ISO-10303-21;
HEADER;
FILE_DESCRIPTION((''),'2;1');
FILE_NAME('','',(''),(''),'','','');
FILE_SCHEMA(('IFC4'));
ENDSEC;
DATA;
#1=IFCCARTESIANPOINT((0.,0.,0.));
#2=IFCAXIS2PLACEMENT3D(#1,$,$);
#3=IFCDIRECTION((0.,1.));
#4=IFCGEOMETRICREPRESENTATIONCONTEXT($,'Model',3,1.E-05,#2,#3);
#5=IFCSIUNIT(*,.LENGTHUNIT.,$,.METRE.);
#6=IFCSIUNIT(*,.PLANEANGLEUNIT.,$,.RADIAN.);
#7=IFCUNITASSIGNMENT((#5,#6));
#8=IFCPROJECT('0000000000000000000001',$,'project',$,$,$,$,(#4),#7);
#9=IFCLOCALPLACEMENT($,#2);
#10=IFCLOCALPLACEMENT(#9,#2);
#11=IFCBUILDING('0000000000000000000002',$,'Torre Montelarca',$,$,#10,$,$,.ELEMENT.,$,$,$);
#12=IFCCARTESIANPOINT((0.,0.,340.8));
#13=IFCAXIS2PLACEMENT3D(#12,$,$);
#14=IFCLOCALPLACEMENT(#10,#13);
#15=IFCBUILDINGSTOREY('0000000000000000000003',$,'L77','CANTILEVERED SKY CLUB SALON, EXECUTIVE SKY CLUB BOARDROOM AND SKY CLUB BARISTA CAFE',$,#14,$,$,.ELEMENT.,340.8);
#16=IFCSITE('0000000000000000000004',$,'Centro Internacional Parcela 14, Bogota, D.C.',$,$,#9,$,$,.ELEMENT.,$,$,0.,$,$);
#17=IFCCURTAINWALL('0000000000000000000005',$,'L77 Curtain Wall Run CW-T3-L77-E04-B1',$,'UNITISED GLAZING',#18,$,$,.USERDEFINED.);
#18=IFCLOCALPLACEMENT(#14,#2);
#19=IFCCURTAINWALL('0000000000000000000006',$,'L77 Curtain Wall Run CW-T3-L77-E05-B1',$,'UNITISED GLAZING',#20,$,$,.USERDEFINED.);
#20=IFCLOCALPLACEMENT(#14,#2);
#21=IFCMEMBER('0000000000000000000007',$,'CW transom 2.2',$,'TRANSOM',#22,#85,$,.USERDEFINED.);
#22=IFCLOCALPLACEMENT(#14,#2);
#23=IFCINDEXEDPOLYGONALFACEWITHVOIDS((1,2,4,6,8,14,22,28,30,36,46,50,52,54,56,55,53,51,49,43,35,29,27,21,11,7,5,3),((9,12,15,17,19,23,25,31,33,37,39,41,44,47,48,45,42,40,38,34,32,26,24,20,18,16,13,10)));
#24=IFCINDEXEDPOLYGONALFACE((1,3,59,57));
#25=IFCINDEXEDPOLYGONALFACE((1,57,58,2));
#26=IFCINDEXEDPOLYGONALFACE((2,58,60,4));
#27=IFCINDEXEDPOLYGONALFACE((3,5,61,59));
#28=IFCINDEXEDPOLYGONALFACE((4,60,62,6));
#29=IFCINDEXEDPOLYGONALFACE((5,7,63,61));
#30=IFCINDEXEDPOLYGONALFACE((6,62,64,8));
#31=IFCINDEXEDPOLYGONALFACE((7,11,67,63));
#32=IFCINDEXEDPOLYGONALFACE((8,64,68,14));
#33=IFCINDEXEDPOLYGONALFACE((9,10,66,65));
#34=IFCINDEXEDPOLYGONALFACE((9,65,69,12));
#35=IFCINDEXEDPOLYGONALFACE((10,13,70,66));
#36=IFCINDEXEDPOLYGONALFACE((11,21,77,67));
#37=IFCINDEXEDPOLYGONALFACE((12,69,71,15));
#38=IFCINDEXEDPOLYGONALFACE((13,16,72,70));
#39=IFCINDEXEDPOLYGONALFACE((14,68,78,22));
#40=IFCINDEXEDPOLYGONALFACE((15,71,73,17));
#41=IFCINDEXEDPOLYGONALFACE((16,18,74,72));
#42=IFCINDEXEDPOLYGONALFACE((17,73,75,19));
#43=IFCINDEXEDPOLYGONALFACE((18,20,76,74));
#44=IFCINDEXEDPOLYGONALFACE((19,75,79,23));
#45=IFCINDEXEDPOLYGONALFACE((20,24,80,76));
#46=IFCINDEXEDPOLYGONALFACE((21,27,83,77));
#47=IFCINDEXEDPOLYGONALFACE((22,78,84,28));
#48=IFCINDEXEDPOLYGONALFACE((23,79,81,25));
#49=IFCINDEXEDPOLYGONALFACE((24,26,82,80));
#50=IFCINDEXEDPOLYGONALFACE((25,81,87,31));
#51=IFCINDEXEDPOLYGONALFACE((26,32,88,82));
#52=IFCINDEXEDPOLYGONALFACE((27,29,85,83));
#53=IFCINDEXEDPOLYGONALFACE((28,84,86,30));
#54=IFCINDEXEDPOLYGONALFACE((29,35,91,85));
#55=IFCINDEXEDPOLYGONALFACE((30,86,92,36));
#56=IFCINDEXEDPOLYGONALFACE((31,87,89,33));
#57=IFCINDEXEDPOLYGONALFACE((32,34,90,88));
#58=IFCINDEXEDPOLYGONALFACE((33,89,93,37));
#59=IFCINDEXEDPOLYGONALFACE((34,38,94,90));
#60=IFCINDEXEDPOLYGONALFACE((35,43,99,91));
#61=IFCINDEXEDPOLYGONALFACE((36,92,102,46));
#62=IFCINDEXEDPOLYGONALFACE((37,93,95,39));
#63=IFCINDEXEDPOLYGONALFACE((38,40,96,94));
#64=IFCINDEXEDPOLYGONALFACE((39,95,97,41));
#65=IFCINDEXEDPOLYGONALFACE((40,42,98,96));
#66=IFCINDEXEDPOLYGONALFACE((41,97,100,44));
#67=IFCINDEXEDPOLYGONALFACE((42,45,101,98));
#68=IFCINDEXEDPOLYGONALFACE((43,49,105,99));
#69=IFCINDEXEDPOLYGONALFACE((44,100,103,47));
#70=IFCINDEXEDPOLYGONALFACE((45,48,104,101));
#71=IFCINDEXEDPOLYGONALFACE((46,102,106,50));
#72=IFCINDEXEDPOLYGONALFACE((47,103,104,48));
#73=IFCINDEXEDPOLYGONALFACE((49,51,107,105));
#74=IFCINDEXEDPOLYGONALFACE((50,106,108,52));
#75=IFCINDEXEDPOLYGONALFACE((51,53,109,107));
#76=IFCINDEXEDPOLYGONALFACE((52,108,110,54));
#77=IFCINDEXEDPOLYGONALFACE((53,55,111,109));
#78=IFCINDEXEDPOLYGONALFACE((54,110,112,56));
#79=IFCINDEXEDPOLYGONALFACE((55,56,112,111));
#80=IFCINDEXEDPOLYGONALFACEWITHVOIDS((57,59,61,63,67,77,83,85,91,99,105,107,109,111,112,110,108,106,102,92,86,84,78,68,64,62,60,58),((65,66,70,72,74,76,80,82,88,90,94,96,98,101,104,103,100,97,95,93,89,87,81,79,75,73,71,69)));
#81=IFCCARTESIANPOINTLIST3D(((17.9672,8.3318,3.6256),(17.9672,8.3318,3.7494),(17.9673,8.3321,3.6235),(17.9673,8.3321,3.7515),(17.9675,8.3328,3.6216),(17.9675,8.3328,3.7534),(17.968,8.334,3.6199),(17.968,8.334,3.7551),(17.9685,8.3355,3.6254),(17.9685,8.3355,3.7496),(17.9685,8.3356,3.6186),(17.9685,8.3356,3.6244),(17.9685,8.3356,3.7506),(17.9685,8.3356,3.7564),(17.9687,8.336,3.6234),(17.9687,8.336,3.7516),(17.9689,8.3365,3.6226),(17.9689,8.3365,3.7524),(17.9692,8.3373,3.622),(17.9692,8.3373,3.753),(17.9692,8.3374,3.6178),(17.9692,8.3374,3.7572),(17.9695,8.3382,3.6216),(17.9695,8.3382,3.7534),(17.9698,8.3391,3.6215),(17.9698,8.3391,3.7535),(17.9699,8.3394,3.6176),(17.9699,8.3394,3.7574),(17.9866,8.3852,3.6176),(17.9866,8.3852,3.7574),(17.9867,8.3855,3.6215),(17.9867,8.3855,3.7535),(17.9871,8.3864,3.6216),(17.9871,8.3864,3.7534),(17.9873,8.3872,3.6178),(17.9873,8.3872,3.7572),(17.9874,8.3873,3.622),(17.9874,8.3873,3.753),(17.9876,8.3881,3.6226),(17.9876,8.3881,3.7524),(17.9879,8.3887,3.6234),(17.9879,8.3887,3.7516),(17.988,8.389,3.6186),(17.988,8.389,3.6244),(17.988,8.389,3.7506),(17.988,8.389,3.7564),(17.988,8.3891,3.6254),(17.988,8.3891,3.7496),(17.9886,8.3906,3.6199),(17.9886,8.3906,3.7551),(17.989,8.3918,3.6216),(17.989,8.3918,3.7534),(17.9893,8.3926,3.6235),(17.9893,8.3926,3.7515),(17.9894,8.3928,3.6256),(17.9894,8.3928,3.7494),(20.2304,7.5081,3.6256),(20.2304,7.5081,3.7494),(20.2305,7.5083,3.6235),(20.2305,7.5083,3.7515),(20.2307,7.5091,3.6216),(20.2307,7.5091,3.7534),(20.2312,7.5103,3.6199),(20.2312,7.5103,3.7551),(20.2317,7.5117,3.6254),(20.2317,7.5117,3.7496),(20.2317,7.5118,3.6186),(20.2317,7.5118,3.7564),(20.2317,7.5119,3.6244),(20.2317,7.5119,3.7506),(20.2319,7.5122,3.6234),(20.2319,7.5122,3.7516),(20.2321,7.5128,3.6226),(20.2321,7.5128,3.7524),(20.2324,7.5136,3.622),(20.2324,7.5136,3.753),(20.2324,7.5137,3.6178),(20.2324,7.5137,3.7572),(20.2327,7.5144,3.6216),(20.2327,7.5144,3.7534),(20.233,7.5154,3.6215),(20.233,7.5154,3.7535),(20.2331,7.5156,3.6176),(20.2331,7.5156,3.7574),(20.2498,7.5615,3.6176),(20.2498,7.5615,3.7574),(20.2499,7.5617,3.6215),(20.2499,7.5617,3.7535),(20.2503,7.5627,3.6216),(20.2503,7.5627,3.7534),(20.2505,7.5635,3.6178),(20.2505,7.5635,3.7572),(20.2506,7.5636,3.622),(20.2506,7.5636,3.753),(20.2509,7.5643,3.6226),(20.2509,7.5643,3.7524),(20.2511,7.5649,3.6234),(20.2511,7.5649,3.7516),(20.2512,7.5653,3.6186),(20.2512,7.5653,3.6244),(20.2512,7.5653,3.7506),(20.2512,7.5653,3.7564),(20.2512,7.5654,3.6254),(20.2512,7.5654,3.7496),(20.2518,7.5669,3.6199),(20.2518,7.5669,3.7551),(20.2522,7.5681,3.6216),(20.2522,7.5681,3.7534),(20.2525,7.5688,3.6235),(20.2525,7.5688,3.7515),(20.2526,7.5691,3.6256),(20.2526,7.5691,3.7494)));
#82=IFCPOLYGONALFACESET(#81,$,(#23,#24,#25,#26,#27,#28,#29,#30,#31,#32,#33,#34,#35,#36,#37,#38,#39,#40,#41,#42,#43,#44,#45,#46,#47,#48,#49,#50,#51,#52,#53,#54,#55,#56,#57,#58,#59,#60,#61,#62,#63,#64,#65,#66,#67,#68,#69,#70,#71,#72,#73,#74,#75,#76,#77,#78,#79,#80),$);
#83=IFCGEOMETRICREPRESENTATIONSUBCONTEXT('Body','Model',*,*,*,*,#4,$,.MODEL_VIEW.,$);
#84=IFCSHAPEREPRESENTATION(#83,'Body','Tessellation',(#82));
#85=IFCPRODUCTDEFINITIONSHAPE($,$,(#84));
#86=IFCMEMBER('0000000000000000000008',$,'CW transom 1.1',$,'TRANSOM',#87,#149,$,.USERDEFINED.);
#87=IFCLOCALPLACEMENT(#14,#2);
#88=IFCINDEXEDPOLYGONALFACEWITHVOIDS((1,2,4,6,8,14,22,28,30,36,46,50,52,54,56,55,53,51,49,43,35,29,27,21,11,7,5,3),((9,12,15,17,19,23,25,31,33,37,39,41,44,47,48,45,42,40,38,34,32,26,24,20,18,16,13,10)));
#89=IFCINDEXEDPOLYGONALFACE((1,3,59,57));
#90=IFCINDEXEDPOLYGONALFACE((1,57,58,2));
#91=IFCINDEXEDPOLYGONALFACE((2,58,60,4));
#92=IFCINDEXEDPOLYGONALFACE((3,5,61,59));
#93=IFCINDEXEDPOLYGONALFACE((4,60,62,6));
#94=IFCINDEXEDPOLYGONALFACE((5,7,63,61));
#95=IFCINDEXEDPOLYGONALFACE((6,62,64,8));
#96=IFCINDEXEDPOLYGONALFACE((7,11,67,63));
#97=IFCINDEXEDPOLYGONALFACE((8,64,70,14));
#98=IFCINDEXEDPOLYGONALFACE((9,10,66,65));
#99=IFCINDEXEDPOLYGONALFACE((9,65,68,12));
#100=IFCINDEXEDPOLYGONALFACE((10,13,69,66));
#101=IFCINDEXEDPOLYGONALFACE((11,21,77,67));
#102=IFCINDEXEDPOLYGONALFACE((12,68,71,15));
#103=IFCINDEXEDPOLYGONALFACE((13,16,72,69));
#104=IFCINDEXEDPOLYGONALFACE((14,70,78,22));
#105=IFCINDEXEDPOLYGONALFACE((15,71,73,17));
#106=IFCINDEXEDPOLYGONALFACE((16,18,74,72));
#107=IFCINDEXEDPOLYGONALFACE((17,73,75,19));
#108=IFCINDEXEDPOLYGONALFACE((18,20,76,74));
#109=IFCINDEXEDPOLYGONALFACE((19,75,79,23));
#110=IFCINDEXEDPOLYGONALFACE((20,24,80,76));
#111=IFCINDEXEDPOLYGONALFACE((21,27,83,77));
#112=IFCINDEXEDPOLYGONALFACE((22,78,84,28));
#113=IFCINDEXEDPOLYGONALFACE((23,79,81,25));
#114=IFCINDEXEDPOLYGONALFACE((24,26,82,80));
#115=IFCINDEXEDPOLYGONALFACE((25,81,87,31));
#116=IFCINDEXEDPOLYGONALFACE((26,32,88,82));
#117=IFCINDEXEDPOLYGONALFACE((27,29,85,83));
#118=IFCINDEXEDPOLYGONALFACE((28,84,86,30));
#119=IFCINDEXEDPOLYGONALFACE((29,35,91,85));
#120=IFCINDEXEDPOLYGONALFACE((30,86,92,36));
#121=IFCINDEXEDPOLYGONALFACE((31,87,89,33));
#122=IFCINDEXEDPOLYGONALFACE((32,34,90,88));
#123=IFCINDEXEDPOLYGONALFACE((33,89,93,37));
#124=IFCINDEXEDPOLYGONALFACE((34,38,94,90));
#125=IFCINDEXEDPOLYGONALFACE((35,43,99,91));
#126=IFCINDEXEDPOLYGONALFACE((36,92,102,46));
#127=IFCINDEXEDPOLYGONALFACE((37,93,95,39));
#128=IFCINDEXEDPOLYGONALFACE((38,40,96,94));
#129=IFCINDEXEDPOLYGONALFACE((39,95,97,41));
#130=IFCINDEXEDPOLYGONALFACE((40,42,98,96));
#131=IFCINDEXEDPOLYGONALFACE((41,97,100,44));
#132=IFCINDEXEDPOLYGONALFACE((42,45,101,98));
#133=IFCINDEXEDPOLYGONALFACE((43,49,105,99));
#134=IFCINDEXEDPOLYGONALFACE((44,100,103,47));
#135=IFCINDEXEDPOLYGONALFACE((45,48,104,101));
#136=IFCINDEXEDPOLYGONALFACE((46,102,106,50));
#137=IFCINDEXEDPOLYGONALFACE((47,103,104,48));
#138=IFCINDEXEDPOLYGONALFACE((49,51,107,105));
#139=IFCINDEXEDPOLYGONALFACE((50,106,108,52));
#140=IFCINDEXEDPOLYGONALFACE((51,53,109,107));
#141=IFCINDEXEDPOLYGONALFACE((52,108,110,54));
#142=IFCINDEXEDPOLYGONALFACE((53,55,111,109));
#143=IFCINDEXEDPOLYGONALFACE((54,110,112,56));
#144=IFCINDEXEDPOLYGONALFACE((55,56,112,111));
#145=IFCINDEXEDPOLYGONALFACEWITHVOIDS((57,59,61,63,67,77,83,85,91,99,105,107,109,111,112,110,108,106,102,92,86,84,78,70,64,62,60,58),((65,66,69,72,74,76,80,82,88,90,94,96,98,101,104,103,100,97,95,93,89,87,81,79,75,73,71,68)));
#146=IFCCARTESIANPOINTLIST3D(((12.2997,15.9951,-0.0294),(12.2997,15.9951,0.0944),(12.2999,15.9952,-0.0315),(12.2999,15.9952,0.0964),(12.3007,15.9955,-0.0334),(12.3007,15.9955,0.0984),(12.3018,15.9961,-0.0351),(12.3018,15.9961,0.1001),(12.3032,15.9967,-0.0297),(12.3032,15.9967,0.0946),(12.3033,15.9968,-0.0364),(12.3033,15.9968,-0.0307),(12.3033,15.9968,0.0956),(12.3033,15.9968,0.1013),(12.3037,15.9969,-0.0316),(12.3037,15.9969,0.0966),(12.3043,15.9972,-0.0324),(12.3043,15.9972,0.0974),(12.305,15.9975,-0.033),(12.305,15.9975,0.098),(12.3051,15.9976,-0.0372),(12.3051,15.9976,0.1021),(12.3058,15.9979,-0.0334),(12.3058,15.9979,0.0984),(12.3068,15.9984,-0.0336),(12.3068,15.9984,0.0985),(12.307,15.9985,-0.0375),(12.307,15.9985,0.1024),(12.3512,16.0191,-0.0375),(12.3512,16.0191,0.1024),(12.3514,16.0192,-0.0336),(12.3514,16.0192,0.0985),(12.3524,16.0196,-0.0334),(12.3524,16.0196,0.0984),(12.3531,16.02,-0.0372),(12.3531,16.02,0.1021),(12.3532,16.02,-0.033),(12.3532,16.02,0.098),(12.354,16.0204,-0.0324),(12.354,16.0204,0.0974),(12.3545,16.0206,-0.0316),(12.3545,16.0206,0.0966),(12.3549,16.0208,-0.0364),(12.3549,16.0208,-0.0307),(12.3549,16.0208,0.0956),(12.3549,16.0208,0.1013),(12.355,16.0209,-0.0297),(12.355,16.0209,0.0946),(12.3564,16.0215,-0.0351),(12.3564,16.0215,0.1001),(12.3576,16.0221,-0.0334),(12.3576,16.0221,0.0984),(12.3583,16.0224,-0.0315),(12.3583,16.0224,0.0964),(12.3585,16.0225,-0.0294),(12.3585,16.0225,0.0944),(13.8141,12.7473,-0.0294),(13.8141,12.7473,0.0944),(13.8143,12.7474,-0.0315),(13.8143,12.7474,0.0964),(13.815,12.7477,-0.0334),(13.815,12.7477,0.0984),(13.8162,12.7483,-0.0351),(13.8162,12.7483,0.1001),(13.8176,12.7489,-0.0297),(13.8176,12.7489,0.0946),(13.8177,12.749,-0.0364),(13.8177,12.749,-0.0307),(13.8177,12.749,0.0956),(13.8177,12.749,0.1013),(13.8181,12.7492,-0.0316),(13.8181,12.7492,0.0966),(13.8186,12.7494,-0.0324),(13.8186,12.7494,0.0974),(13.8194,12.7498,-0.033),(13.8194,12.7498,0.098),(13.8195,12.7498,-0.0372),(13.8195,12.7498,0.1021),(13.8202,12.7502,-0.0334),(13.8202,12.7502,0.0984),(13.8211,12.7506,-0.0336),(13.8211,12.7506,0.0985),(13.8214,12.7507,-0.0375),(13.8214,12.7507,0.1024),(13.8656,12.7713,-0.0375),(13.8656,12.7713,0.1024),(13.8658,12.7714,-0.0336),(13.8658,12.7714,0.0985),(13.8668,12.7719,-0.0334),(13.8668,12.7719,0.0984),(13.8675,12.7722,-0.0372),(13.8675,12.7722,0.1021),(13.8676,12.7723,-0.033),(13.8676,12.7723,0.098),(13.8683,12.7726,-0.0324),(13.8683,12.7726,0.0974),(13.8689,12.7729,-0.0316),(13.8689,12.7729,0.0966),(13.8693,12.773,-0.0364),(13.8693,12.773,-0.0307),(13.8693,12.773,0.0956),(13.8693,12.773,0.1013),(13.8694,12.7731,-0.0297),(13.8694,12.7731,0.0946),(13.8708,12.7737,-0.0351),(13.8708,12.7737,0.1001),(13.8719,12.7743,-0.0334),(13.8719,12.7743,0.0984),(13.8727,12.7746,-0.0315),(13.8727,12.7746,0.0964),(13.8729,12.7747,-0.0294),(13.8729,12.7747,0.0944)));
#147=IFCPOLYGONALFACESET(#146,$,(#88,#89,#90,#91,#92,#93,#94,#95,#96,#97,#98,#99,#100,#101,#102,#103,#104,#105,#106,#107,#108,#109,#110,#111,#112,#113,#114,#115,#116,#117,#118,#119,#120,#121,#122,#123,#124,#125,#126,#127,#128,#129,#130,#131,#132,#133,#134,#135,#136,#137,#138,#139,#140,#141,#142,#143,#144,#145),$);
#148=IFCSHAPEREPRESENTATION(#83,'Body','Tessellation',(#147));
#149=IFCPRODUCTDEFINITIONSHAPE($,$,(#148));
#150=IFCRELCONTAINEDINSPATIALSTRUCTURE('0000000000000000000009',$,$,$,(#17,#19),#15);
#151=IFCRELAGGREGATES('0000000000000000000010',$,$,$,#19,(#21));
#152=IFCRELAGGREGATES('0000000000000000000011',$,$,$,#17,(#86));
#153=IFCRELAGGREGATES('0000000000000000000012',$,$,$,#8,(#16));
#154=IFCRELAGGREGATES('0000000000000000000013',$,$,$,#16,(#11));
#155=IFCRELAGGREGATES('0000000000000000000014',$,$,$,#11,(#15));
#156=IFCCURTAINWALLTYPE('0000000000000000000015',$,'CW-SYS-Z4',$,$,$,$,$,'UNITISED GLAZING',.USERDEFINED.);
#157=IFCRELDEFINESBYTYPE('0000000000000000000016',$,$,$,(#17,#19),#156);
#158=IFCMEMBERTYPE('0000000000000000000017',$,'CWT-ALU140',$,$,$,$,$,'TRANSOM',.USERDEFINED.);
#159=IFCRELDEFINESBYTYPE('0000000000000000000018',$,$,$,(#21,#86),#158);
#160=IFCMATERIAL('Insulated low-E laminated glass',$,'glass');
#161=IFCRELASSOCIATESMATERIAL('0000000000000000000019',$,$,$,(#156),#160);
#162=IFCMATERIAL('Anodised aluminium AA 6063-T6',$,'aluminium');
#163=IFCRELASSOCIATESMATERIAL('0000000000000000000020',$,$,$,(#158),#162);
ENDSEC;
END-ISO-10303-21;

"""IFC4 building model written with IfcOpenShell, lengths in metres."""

from ifc_helpers import new_model, si_unit, direction, frame, origin, origin_2d, place, context, subcontext, project, spatial, hollow_rectangle, extrude, source, transform, mapped, material, material_profile, profile_set, type_object, element, aggregate, save


model = new_model("IFC4")

# Units and contexts
model_context = context("Model", 3, precision=1e-05, world=origin(), true_north=direction((0.0, 1.0)))
body_context = subcontext(model_context, "Body", "Model", "MODEL_VIEW")
ifc_project = project(units=[si_unit("LENGTHUNIT", "METRE"), si_unit("PLANEANGLEUNIT", "RADIAN")], contexts=[model_context])

# Site, building, storey
site_placement = place(None, origin())
site = spatial("IfcSite", under=ifc_project, at=site_placement, Name="Centro Internacional Parcela 14, Bogota, D.C.", CompositionType="ELEMENT", RefElevation=0.0)
building_placement = place(site_placement, origin())
building = spatial("IfcBuilding", under=site, at=building_placement, Name="Torre Montelarca", CompositionType="ELEMENT")
storey_placement = place(building_placement, frame((0.0, 0.0, 340.8)))
storey = spatial("IfcBuildingStorey", under=building, at=storey_placement, Name="L77", Description="CANTILEVERED SKY CLUB SALON, EXECUTIVE SKY CLUB BOARDROOM AND SKY CLUB BARISTA CAFE", CompositionType="ELEMENT", Elevation=340.8)

# Shared definitions
ifc_material_1 = material(Name="Insulated low-E laminated glass", Category="glass")
curtain_wall_type = type_object("IfcCurtainWallType", Name="CW-SYS-Z4", ElementType="UNITISED GLAZING", PredefinedType="USERDEFINED", material=ifc_material_1)
ifc_material_2 = material(Name="Anodised aluminium AA 6063-T6", Category="aluminium")

# Curtain walls, member
curtain_wall_1_placement = place(storey_placement, origin())
curtain_wall_1 = element("IfcCurtainWall", 1, at=curtain_wall_1_placement, inside=storey, type_object=curtain_wall_type, Name="L77 Curtain Wall Run CW-T3-L77-E04-B1", ObjectType="UNITISED GLAZING", PredefinedType="USERDEFINED")
curtain_wall_2_placement = place(storey_placement, origin())
curtain_wall_2 = element("IfcCurtainWall", 2, at=curtain_wall_2_placement, inside=storey, type_object=curtain_wall_type, Name="L77 Curtain Wall Run CW-T3-L77-E05-B1", ObjectType="UNITISED GLAZING", PredefinedType="USERDEFINED")
ifc_material_profile_1 = material_profile(ifc_material_2, hollow_rectangle(XDim=0.0649, YDim=0.1399, WallThickness=0.0039, InnerFilletRadius=0.0039, OuterFilletRadius=0.0081, at=origin_2d()), Name="ALU65X140X4", Category="aluminium")
ifc_profile_set_1 = profile_set([ifc_material_profile_1], Name="Anodised aluminium AA 6063-T6")
member_type_1 = type_object("IfcMemberType", Name="CWT-ALU140", ElementType="TRANSOM", PredefinedType="USERDEFINED", material=ifc_profile_set_1)
shared_shape_1 = source(origin(), body_context, "Body", "SweptSolid", [
    extrude(hollow_rectangle(XDim=0.0649, YDim=0.1399, WallThickness=0.0039, InnerFilletRadius=0.0039, OuterFilletRadius=0.0081, at=origin_2d()), origin(), (0.0, 0.0, 1.0), 2.4084),
])
member_1_placement = place(storey_placement, frame((17.9783, 8.3623, 3.6875), z_axis=(0.939693, -0.34202, 0.0), x_axis=(0.34202, 0.939693, 0.0)))
member_1 = element("IfcMember", 3, at=member_1_placement, type_object=member_type_1, Name="CW transom 2.2", ObjectType="TRANSOM", PredefinedType="USERDEFINED", context=body_context, shape_type="MappedRepresentation", body=[
    mapped(shared_shape_1, transform((0.0, 0.0, 0.0), scale=1.0)),
])

# Member
shared_shape_2 = source(origin(), body_context, "Body", "SweptSolid", [
    extrude(hollow_rectangle(XDim=0.0649, YDim=0.1399, WallThickness=0.0039, InnerFilletRadius=0.0039, OuterFilletRadius=0.0081, at=origin_2d()), origin(), (0.0, 0.0, 1.0), 3.5835),
])
member_2_placement = place(storey_placement, frame((12.3291, 16.0088, 0.0325), z_axis=(0.422602, -0.906315, 0.0), x_axis=(0.906315, 0.422602, 0.0)))
member_2 = element("IfcMember", 4, at=member_2_placement, type_object=member_type_1, Name="CW transom 1.1", ObjectType="TRANSOM", PredefinedType="USERDEFINED", context=body_context, shape_type="MappedRepresentation", body=[
    mapped(shared_shape_2, transform((0.0, 0.0, 0.0), scale=1.0)),
])

aggregate(curtain_wall_2, [member_1])
aggregate(curtain_wall_1, [member_2])

save(model, "model.ifc")
